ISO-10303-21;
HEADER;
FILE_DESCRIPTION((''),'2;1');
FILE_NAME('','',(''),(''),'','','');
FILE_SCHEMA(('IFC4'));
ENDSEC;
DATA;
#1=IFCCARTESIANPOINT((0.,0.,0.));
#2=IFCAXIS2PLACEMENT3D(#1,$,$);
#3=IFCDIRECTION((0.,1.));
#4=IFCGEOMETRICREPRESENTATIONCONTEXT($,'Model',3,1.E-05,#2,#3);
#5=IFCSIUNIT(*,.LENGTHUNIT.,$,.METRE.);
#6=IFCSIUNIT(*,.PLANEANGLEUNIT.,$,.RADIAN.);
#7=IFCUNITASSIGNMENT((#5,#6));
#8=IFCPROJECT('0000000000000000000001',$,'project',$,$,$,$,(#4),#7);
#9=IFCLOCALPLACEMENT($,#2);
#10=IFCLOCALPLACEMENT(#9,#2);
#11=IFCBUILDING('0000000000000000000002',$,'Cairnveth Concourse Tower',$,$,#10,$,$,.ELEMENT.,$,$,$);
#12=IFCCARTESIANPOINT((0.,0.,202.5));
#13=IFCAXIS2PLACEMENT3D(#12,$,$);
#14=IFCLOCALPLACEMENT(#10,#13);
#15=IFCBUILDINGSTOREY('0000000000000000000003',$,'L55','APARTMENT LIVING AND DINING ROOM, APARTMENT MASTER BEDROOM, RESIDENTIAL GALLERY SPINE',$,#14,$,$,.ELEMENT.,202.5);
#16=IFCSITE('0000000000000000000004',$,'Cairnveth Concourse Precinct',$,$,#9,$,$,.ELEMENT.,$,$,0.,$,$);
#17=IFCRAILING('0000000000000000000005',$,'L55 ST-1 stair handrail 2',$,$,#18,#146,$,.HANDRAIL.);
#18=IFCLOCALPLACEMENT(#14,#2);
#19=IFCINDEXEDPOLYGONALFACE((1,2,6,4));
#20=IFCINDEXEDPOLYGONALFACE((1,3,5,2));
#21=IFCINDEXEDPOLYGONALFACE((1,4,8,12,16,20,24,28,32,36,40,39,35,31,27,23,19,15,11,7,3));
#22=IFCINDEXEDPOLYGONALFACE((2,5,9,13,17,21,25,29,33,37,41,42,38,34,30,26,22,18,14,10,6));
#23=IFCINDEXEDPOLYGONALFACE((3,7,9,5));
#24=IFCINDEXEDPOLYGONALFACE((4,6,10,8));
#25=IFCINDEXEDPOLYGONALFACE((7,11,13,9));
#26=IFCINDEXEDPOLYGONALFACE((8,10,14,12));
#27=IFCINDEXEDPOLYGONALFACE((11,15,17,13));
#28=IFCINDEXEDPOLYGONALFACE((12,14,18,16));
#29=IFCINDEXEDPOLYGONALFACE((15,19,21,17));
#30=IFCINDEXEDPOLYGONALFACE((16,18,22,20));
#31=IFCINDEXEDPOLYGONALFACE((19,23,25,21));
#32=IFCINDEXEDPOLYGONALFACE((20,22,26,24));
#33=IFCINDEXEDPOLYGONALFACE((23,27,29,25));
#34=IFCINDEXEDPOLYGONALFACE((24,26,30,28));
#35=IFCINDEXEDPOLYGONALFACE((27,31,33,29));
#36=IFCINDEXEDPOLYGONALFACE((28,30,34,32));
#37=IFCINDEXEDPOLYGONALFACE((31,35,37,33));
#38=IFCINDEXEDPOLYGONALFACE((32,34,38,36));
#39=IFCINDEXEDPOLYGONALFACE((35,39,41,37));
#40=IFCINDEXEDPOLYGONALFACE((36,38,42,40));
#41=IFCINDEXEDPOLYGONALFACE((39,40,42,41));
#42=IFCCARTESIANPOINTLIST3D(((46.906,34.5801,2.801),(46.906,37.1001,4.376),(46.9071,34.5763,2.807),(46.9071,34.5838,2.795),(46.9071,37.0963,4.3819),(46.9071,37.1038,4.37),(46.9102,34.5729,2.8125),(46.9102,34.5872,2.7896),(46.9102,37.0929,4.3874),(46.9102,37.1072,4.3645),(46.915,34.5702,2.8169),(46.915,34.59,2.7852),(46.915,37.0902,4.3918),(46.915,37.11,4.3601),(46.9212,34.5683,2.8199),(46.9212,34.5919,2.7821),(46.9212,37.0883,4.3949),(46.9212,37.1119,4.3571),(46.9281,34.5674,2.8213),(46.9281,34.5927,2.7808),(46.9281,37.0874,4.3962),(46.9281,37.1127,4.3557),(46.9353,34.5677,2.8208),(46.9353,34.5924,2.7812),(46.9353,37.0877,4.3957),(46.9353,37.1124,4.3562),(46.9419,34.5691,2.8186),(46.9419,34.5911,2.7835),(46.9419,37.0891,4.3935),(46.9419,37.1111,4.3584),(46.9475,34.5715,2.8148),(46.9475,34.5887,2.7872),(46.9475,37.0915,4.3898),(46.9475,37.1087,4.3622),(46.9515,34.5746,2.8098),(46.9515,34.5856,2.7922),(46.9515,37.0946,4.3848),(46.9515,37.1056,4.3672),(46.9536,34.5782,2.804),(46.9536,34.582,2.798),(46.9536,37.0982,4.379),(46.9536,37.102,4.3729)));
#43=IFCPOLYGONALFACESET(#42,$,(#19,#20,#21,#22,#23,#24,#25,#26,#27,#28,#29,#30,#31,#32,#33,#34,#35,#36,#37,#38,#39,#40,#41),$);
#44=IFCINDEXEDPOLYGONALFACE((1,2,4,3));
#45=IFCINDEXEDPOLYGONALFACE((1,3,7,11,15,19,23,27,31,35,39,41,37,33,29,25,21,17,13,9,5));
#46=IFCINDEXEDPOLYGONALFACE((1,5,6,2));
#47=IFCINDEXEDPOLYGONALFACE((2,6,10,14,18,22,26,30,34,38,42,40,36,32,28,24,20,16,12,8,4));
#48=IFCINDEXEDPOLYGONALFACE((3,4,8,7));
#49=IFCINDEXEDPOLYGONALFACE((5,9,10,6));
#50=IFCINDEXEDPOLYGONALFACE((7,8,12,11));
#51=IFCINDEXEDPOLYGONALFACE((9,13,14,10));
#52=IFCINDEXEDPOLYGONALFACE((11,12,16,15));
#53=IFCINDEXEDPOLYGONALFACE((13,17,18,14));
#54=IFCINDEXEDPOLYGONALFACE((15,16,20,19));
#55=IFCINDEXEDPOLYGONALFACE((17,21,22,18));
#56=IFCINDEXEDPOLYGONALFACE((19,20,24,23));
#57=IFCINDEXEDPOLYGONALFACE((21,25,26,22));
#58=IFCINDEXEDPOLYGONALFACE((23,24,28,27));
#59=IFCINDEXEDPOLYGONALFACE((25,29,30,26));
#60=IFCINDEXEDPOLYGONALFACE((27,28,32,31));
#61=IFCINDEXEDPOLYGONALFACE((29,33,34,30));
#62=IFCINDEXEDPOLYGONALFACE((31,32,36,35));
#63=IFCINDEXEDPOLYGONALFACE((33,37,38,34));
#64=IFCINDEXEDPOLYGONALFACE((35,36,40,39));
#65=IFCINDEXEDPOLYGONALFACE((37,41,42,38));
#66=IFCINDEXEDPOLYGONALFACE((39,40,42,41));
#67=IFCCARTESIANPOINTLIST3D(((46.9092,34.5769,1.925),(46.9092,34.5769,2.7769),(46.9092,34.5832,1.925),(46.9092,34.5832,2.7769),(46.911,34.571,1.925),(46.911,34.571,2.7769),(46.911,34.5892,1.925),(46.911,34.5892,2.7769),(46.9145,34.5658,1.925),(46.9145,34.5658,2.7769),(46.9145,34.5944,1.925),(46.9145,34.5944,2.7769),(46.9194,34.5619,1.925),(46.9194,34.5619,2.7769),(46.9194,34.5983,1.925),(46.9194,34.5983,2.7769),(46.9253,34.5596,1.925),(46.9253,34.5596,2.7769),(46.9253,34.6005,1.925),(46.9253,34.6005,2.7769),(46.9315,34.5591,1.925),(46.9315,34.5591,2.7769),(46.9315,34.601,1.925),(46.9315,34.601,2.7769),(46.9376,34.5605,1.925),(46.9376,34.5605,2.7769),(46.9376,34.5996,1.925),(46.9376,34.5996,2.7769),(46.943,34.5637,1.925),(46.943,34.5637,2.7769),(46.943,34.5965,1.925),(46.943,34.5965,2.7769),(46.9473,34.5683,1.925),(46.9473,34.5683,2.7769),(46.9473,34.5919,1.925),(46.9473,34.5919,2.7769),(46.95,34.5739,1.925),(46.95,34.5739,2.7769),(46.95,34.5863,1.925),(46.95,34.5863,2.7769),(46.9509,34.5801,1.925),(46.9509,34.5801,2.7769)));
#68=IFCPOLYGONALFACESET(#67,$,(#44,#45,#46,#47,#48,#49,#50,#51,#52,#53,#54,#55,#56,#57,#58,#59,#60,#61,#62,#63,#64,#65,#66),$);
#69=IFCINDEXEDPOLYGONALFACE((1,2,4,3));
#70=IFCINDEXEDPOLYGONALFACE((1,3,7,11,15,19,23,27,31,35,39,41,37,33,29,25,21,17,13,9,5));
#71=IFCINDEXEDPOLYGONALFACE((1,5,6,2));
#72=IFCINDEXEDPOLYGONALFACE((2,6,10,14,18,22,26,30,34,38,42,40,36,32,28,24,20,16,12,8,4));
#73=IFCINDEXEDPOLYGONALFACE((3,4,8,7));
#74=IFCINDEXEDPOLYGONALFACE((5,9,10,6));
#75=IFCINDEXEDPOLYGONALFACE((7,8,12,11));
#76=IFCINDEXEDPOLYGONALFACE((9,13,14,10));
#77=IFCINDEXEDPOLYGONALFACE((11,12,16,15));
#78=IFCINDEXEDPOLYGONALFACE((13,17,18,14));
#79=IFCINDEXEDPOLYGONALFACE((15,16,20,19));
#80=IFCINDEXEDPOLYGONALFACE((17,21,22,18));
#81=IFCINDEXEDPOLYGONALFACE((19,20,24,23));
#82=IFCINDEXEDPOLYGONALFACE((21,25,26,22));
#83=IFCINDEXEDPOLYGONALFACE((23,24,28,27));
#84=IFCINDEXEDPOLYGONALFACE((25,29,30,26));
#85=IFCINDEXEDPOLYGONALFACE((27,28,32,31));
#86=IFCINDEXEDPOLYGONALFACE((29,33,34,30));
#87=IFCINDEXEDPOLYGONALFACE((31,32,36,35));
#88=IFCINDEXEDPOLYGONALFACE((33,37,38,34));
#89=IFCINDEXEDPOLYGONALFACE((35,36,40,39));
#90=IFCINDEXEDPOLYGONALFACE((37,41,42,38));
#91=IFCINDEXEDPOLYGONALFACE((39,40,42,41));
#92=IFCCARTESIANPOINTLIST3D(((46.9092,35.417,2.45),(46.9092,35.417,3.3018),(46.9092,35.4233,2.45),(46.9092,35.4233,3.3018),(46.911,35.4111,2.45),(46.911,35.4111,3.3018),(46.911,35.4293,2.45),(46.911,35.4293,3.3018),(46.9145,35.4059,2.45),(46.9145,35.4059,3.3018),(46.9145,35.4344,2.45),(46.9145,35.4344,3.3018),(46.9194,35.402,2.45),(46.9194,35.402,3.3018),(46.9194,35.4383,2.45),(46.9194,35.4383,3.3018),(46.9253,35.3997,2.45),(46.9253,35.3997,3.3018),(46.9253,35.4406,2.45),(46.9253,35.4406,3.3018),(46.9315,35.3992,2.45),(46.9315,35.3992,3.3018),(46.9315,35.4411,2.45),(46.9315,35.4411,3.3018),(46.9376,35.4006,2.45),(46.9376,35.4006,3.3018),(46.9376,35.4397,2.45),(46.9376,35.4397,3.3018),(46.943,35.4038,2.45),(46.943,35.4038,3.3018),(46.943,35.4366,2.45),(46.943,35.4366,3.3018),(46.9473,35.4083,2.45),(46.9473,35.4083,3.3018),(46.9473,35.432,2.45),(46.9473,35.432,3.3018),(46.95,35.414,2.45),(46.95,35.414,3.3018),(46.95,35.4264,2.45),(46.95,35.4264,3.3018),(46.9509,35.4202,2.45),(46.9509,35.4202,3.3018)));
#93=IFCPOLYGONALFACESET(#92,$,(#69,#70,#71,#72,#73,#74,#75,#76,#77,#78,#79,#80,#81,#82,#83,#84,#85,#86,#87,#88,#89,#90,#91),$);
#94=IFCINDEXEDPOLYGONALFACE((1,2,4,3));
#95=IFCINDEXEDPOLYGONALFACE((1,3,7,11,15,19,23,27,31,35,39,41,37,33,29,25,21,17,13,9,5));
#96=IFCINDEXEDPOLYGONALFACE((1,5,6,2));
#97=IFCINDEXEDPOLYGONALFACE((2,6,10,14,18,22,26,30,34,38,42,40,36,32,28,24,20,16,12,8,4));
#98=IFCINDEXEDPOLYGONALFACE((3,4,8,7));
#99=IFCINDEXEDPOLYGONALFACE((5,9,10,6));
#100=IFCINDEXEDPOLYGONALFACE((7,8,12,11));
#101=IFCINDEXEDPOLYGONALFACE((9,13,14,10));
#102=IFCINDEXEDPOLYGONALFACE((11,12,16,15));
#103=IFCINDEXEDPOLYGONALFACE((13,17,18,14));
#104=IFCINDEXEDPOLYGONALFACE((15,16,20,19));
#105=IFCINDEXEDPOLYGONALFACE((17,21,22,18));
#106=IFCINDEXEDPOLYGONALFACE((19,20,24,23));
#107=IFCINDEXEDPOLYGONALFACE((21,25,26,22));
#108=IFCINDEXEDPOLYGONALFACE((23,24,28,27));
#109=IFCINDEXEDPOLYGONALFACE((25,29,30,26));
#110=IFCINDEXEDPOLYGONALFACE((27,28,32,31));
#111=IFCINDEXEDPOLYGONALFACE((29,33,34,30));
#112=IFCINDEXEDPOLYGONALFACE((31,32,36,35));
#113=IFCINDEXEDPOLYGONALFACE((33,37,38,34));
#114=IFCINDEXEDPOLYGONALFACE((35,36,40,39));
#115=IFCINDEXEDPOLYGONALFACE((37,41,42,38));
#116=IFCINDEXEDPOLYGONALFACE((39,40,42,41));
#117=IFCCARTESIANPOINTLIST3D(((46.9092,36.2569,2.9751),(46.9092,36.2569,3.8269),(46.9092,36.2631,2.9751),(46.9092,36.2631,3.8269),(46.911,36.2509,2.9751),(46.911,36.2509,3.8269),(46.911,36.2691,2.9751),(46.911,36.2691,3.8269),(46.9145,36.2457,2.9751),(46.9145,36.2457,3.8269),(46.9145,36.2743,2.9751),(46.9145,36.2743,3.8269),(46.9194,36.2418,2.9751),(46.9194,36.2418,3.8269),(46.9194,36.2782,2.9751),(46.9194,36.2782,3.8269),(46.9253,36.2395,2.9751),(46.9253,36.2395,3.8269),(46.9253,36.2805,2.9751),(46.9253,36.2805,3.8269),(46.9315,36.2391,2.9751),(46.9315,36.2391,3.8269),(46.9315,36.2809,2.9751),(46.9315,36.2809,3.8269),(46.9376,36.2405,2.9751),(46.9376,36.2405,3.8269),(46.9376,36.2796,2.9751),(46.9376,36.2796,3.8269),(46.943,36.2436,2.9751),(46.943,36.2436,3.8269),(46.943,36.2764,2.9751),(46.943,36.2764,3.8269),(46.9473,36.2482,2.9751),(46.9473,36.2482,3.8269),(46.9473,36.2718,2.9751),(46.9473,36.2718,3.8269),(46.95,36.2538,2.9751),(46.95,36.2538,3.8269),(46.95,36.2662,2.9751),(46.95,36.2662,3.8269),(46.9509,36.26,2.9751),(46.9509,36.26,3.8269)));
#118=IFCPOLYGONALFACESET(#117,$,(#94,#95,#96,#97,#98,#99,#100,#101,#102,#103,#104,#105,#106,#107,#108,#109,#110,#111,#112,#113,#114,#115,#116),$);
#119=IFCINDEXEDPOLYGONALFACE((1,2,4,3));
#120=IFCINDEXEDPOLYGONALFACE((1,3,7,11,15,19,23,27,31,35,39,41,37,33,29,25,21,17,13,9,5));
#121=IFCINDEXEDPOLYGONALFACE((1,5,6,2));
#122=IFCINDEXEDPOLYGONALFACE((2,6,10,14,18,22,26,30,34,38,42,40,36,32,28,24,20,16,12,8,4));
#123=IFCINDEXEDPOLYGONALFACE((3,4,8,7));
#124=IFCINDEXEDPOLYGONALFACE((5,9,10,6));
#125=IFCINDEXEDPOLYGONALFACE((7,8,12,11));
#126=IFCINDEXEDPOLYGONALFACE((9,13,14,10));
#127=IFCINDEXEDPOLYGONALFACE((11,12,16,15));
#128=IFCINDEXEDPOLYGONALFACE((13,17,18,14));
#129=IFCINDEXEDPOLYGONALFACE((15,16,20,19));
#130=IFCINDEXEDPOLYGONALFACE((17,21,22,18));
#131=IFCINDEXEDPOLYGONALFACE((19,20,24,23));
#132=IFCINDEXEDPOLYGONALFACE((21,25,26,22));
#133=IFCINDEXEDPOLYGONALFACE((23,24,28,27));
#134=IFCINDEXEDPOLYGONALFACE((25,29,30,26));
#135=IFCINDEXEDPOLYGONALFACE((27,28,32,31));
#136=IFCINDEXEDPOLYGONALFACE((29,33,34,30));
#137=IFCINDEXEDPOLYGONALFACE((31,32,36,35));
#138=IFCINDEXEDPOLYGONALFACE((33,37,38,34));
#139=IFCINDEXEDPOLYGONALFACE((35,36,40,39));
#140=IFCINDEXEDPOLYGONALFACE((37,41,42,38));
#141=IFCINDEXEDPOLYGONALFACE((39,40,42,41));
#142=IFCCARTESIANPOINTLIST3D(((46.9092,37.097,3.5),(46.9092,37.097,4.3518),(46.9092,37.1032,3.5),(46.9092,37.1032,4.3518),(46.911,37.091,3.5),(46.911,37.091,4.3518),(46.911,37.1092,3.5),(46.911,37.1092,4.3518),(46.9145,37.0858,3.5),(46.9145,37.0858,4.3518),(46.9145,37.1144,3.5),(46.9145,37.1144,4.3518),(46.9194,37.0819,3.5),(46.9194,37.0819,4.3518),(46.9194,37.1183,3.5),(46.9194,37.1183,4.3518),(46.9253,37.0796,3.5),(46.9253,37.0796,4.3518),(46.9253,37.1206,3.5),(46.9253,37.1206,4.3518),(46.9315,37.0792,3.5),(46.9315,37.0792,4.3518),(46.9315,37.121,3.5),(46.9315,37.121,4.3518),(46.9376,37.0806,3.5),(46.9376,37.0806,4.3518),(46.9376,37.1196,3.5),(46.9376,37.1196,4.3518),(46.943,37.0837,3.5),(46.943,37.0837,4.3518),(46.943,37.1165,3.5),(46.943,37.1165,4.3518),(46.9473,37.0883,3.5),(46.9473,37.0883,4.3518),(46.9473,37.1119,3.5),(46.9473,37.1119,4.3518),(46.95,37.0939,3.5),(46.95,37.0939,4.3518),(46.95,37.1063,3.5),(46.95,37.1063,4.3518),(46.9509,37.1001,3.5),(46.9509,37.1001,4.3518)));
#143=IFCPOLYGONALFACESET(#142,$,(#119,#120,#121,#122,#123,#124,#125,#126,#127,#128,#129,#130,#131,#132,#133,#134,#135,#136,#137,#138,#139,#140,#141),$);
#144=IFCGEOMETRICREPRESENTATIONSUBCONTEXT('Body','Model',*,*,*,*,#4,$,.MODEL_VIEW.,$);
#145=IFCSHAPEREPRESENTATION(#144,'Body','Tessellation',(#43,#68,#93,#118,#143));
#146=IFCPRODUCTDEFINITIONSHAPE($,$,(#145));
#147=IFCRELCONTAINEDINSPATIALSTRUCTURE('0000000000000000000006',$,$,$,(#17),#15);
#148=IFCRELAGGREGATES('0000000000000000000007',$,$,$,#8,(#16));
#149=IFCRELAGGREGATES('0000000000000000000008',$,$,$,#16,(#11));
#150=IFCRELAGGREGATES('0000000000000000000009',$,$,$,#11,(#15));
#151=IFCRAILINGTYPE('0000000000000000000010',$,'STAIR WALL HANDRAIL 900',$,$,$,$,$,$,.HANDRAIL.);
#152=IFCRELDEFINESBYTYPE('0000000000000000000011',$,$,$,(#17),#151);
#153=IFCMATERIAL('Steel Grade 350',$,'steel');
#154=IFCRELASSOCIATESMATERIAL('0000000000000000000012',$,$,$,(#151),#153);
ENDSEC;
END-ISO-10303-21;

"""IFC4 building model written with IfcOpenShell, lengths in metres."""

from ifc_helpers import new_model, si_unit, direction, frame, origin, origin_2d, place, context, subcontext, project, spatial, circle, extrude, material, type_object, element, save


model = new_model("IFC4")

# Units and contexts
model_context = context("Model", 3, precision=1e-05, world=origin(), true_north=direction((0.0, 1.0)))
body_context = subcontext(model_context, "Body", "Model", "MODEL_VIEW")
ifc_project = project(units=[si_unit("LENGTHUNIT", "METRE"), si_unit("PLANEANGLEUNIT", "RADIAN")], contexts=[model_context])

# Site, building, storey
site_placement = place(None, origin())
site = spatial("IfcSite", under=ifc_project, at=site_placement, Name="Cairnveth Concourse Precinct", CompositionType="ELEMENT", RefElevation=0.0)
building_placement = place(site_placement, origin())
building = spatial("IfcBuilding", under=site, at=building_placement, Name="Cairnveth Concourse Tower", CompositionType="ELEMENT")
storey_placement = place(building_placement, frame((0.0, 0.0, 202.5)))
storey = spatial("IfcBuildingStorey", under=building, at=storey_placement, Name="L55", Description="APARTMENT LIVING AND DINING ROOM, APARTMENT MASTER BEDROOM, RESIDENTIAL GALLERY SPINE", CompositionType="ELEMENT", Elevation=202.5)

# Shared definitions
ifc_material_1 = material(Name="Steel Grade 350", Category="steel")

# Railing
railing_type_1 = type_object("IfcRailingType", Name="STAIR WALL HANDRAIL 900", PredefinedType="HANDRAIL", material=ifc_material_1)
railing_1_placement = place(storey_placement, frame((46.9299, 34.5801, 1.925)))
element("IfcRailing", 1, at=railing_1_placement, inside=storey, type_object=railing_type_1, Name="L55 ST-1 stair handrail 2", PredefinedType="HANDRAIL", context=body_context, shape_type="SweptSolid", body=[
    extrude(circle(Radius=0.0239, at=origin_2d()), frame((0.0, 0.0, 0.876), z_axis=(0.0, 0.848008, 0.529984), x_axis=(-1.0, 0.0, 0.0)), (0.0, 0.0, 1.0), 2.9717),
    extrude(circle(Radius=0.021, at=origin_2d()), origin(), (0.0, 0.0, 1.0), 0.8518),
    extrude(circle(Radius=0.021, at=origin_2d()), frame((0.0, 0.8401, 0.5249)), (0.0, 0.0, 1.0), 0.8518),
    extrude(circle(Radius=0.021, at=origin_2d()), frame((0.0, 1.6799, 1.05)), (0.0, 0.0, 1.0), 0.8518),
    extrude(circle(Radius=0.021, at=origin_2d()), frame((0.0, 2.52, 1.575)), (0.0, 0.0, 1.0), 0.8518),
])

save(model, "model.ifc")
